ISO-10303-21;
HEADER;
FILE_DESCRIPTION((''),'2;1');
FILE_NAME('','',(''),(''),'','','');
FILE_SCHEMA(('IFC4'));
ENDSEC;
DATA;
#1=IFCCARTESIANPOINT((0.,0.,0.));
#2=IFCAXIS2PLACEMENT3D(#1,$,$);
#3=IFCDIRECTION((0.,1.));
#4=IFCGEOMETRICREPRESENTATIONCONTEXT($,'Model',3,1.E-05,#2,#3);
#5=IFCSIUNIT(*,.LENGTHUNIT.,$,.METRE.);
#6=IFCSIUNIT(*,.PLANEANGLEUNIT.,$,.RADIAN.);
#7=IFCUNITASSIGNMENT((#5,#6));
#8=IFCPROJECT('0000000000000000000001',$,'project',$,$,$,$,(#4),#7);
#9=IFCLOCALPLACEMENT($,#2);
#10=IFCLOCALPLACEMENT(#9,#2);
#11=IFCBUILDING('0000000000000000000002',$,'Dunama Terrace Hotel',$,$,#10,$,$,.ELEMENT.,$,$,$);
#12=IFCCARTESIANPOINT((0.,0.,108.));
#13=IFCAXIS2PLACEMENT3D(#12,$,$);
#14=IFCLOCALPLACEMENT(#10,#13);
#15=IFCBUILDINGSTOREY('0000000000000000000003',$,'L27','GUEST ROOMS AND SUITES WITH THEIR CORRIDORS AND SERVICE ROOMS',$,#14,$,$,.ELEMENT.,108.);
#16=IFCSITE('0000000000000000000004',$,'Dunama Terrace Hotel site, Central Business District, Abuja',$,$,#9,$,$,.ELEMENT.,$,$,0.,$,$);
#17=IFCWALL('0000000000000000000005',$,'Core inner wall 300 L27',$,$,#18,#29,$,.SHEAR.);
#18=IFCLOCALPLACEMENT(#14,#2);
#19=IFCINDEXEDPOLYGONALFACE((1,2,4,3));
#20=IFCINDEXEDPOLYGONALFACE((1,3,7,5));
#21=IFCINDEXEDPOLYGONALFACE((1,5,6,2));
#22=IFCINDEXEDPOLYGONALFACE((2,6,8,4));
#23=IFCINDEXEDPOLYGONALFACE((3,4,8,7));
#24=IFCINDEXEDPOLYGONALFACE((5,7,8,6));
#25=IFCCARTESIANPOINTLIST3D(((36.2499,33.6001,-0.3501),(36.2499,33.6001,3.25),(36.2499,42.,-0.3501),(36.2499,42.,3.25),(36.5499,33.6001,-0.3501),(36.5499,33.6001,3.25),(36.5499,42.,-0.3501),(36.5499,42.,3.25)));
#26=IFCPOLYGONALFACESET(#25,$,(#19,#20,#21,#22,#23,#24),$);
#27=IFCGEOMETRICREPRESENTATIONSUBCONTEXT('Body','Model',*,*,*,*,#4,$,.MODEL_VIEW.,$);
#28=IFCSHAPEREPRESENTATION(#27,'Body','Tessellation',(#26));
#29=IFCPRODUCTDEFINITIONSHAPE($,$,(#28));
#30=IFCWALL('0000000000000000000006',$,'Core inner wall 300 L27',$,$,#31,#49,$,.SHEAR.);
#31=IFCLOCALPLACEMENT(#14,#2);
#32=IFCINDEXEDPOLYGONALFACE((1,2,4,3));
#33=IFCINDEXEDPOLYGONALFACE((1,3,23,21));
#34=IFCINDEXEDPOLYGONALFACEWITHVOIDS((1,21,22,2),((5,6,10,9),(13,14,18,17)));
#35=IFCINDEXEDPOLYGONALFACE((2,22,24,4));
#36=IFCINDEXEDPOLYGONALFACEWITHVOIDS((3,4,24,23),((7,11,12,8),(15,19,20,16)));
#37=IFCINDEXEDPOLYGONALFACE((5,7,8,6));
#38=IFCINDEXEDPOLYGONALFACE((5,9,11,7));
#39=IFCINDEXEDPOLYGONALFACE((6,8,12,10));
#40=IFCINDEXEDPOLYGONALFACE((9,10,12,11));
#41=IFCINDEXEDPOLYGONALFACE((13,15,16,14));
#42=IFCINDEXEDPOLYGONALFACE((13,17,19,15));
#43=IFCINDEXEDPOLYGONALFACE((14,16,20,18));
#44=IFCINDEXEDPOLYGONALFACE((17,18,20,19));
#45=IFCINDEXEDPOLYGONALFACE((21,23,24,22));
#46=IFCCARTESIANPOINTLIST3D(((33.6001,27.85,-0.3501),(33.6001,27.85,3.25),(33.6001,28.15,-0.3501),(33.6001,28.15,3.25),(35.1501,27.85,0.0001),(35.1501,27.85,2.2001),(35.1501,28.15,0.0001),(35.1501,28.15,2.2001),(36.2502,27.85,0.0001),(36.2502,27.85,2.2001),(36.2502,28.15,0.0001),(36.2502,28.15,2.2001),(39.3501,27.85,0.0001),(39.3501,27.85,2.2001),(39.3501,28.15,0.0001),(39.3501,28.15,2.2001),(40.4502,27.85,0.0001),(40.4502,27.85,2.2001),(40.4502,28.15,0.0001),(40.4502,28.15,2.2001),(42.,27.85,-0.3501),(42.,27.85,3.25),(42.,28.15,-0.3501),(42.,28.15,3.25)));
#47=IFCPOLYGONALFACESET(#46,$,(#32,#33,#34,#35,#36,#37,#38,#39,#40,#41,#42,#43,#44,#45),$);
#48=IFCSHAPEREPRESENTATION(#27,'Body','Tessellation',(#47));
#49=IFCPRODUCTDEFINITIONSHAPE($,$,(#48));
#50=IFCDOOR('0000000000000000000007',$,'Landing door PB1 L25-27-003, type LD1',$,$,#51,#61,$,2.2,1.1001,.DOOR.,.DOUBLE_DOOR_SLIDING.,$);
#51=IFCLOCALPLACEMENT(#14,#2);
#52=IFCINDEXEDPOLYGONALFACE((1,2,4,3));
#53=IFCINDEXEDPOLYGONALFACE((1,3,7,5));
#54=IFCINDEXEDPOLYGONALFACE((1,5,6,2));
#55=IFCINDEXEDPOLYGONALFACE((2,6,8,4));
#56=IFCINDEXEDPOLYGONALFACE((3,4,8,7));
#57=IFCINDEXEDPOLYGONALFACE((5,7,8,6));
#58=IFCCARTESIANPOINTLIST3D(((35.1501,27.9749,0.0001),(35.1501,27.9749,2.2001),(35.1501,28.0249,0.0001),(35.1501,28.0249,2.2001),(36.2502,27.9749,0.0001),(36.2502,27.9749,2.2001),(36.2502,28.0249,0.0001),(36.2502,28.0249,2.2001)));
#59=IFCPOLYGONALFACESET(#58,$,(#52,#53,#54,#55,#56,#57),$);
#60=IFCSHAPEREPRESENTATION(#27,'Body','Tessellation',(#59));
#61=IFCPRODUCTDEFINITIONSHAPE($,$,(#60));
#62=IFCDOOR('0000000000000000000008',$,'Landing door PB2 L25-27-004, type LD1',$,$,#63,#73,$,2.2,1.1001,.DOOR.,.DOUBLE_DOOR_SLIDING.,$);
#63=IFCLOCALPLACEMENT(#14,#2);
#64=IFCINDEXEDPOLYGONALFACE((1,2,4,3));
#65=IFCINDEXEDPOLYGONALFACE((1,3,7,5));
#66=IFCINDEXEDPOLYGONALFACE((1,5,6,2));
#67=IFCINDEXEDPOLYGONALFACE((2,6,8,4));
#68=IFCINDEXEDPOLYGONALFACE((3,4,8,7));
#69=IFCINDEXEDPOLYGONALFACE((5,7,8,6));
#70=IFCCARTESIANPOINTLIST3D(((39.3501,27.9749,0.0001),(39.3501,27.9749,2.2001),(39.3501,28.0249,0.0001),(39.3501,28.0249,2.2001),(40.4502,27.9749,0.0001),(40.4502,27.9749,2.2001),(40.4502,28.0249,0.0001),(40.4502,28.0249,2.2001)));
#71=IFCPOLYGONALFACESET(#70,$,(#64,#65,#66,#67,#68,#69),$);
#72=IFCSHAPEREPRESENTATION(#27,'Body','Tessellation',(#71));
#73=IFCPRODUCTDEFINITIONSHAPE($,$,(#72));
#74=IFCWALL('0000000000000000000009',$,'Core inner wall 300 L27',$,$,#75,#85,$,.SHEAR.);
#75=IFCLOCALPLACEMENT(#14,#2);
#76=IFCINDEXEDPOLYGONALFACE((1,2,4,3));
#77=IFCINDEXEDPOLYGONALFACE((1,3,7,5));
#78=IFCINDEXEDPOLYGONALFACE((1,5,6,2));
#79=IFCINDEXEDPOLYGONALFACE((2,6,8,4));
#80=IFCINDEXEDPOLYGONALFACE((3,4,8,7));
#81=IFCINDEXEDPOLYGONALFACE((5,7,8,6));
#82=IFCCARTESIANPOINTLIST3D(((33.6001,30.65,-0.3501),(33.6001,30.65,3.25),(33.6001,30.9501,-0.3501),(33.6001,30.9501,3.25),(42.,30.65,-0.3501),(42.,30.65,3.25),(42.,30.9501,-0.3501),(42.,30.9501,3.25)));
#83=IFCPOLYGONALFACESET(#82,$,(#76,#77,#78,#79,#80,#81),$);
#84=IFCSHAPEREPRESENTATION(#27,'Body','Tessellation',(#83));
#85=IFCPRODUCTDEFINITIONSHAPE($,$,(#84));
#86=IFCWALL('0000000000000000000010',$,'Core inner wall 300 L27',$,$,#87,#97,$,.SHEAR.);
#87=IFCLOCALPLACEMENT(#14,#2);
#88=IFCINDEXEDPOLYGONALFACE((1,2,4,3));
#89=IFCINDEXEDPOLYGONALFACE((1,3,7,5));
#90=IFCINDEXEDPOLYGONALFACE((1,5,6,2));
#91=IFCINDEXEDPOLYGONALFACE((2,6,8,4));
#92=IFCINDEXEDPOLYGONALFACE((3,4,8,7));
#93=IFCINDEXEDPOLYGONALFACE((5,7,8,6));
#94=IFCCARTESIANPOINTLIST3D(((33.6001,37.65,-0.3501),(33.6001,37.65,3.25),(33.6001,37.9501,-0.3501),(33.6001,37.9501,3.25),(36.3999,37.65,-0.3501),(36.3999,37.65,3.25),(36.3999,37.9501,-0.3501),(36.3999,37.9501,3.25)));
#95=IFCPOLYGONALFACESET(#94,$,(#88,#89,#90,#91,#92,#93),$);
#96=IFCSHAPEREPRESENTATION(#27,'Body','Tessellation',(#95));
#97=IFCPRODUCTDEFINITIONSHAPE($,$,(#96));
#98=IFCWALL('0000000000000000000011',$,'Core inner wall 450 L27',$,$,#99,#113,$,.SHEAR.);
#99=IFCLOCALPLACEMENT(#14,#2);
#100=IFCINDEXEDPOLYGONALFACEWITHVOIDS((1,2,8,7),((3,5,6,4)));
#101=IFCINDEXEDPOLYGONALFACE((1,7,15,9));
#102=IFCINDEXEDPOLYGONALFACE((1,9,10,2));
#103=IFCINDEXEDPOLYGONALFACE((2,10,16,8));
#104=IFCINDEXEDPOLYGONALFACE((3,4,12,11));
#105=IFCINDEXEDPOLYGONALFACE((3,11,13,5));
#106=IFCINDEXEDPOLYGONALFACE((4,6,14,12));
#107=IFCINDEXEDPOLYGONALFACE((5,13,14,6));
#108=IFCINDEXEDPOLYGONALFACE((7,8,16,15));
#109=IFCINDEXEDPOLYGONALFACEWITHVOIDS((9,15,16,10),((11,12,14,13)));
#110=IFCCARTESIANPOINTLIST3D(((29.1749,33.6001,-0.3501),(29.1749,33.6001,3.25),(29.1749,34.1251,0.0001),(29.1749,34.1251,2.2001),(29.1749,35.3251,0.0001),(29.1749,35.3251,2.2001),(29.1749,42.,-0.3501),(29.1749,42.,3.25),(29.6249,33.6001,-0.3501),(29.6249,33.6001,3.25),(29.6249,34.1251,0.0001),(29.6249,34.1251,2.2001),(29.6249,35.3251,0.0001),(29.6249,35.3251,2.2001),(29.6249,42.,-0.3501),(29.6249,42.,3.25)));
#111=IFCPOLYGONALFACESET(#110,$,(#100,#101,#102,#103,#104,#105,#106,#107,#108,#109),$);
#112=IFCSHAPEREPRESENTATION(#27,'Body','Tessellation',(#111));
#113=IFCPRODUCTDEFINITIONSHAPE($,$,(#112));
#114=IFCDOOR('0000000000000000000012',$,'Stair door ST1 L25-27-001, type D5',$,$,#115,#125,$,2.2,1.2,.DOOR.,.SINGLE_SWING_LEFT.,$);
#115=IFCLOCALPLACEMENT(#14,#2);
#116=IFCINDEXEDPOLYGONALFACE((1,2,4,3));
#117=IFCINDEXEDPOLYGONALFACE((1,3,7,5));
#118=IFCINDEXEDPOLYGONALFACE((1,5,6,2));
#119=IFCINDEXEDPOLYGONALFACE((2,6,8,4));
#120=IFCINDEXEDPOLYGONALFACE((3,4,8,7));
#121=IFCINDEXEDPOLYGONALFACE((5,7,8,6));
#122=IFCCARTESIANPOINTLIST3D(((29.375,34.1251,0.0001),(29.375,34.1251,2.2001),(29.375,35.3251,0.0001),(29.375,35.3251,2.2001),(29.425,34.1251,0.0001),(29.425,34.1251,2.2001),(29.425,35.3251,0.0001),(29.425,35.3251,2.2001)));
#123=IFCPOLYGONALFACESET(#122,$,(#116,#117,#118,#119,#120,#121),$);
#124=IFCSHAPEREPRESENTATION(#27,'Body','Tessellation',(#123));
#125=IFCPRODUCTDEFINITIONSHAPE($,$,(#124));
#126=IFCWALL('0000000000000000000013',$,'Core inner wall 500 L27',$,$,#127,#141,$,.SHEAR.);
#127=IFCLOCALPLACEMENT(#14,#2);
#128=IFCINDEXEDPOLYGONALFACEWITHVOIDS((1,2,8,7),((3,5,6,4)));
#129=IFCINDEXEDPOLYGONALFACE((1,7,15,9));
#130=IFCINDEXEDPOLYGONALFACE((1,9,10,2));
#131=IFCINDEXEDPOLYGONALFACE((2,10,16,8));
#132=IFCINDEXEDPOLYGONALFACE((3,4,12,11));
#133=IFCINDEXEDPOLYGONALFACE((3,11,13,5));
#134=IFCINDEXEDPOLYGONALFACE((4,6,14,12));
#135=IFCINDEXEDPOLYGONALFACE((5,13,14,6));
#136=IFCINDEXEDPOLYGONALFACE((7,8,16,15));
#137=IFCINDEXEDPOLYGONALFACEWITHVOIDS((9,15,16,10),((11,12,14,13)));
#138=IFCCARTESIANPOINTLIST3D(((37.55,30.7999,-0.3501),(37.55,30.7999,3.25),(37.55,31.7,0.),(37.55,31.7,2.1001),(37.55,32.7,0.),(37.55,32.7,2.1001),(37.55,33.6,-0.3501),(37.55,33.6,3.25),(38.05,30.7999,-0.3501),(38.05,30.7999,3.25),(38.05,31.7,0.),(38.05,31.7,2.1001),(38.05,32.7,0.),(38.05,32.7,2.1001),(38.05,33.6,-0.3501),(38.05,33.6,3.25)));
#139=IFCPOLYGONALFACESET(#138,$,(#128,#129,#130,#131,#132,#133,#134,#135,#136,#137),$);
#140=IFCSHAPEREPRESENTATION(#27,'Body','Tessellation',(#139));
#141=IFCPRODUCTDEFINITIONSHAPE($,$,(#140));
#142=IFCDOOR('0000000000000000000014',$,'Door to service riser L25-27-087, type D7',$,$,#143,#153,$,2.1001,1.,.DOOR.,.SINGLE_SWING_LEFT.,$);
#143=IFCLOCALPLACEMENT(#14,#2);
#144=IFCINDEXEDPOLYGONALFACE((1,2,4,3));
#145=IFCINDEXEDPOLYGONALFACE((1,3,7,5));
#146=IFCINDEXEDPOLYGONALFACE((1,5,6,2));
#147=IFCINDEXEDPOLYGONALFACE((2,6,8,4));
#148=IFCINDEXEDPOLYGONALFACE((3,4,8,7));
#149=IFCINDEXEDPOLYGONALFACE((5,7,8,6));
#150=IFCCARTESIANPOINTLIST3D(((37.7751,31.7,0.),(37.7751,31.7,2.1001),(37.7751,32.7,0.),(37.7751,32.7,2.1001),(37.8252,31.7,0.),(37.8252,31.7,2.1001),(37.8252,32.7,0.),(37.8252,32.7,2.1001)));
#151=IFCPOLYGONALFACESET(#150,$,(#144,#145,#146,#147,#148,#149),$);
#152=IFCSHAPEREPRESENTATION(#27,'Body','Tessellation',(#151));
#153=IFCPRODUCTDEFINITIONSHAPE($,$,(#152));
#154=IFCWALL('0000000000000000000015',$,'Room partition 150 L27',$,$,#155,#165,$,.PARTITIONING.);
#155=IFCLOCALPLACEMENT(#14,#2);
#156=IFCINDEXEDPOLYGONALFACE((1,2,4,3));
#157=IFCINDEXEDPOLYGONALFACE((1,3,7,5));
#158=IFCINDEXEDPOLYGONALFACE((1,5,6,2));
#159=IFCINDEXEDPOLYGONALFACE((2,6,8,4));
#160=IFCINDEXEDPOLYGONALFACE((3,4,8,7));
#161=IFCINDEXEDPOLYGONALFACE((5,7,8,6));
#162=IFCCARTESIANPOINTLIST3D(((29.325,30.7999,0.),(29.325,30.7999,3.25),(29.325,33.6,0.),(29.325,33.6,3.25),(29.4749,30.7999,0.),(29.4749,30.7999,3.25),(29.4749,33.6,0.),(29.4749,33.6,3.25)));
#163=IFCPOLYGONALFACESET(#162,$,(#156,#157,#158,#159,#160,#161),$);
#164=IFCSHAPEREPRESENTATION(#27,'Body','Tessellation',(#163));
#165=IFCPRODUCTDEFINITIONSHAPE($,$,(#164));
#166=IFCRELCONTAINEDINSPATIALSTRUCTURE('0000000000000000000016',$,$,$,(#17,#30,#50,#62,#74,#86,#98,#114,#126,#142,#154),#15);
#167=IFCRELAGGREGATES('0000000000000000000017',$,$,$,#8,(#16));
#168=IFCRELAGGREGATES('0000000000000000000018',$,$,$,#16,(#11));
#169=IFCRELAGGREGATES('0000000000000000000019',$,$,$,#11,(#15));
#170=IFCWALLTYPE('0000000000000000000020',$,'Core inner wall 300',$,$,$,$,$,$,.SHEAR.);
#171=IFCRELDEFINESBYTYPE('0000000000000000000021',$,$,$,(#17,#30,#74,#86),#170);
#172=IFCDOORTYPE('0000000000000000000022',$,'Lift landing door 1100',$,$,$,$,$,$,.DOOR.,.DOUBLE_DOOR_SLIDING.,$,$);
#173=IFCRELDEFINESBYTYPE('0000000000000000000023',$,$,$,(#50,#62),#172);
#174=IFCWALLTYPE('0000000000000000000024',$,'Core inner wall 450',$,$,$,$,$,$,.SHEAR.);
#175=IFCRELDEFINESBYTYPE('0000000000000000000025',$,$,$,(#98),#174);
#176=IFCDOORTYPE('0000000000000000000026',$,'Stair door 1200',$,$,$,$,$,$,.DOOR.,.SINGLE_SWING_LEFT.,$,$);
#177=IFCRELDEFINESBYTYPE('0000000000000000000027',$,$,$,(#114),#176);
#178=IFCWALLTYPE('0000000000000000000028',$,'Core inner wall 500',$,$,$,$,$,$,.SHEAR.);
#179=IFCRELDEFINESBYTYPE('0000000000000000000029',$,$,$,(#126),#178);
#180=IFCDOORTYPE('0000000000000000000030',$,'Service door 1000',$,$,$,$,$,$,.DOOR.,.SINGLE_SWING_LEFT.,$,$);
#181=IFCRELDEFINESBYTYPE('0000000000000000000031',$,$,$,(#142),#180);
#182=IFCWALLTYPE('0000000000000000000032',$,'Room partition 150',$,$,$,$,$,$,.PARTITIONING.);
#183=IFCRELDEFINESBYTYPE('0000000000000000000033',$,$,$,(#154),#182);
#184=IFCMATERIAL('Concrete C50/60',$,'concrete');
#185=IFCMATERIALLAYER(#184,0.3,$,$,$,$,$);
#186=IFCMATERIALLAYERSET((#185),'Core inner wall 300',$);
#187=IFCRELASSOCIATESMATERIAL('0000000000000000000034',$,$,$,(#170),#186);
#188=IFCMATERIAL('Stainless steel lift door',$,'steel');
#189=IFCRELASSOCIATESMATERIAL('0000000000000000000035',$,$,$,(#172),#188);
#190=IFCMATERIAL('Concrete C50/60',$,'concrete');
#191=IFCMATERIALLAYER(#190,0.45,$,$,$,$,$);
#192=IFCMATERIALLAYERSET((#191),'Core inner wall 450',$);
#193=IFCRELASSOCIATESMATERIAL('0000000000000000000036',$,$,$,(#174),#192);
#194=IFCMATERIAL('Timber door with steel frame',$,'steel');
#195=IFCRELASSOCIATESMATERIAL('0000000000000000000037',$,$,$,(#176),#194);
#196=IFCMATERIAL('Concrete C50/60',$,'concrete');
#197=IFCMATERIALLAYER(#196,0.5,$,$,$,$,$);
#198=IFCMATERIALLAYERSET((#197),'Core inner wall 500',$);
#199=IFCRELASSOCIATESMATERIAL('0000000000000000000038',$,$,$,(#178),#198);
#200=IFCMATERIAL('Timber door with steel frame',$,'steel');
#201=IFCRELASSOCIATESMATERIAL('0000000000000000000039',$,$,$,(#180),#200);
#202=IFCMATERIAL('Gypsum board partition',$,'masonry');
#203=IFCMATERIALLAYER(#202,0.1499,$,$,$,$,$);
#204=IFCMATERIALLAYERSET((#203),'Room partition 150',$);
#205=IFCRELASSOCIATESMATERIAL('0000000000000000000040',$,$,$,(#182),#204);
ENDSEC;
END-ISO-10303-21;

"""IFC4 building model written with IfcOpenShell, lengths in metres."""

from ifc_helpers import new_model, si_unit, direction, frame, frame_2d, origin, place, context, subcontext, project, spatial, rectangle, extrude, material, layer, layer_set, type_object, element, fill, save


model = new_model("IFC4")

# Units and contexts
model_context = context("Model", 3, precision=1e-05, world=origin(), true_north=direction((0.0, 1.0)))
body_context = subcontext(model_context, "Body", "Model", "MODEL_VIEW")
ifc_project = project(units=[si_unit("LENGTHUNIT", "METRE"), si_unit("PLANEANGLEUNIT", "RADIAN")], contexts=[model_context])

# Site, building, storey
site_placement = place(None, origin())
site = spatial("IfcSite", under=ifc_project, at=site_placement, Name="Dunama Terrace Hotel site, Central Business District, Abuja", CompositionType="ELEMENT", RefElevation=0.0)
building_placement = place(site_placement, origin())
building = spatial("IfcBuilding", under=site, at=building_placement, Name="Dunama Terrace Hotel", CompositionType="ELEMENT")
storey_placement = place(building_placement, frame((0.0, 0.0, 108.0)))
storey = spatial("IfcBuildingStorey", under=building, at=storey_placement, Name="L27", Description="GUEST ROOMS AND SUITES WITH THEIR CORRIDORS AND SERVICE ROOMS", CompositionType="ELEMENT", Elevation=108.0)

# Wall
ifc_material_1 = material(Name="Concrete C50/60", Category="concrete")
ifc_layer_1 = layer(ifc_material_1, 0.3)
ifc_layer_set_1 = layer_set([ifc_layer_1], Name="Core inner wall 300")
wall_type_1 = type_object("IfcWallType", Name="Core inner wall 300", PredefinedType="SHEAR", material=ifc_layer_set_1)
wall_1_placement = place(storey_placement, frame((36.3999, 33.6001, -0.3501), z_axis=(0.0, 0.0, 1.0), x_axis=(0.0, 1.0, 0.0)))
element("IfcWall", 1, at=wall_1_placement, inside=storey, type_object=wall_type_1, Name="Core inner wall 300 L27", PredefinedType="SHEAR", context=body_context, shape_type="SweptSolid", body=[
    extrude(rectangle(XDim=8.3999, YDim=0.3, at=frame_2d((4.2, 0.0))), origin(), (0.0, 0.0, 1.0), 3.6001),
])

# Wall, openings, doors
wall_2_placement = place(storey_placement, frame((33.6001, 28.0, -0.3501), z_axis=(0.0, 0.0, 1.0), x_axis=(1.0, 0.0, 0.0)))
wall_2 = element("IfcWall", 2, at=wall_2_placement, inside=storey, type_object=wall_type_1, Name="Core inner wall 300 L27", PredefinedType="SHEAR", context=body_context, shape_type="SweptSolid", body=[
    extrude(rectangle(XDim=8.3999, YDim=0.3, at=frame_2d((4.2, 0.0))), origin(), (0.0, 0.0, 1.0), 3.6001),
])
opening_1_placement = place(wall_2_placement, frame((1.55, 0.0, 0.3501)))
opening_1 = element("IfcOpeningElement", 3, at=opening_1_placement, cuts=wall_2, PredefinedType="OPENING", context=body_context, shape_type="SweptSolid", body=[
    extrude(rectangle(XDim=1.1001, YDim=2.2, at=frame_2d((0.55, 1.1001))), frame((0.0, 0.1599, 0.0), z_axis=(0.0, -1.0, 0.0), x_axis=(1.0, 0.0, 0.0)), (0.0, 0.0, 1.0), 0.3201),
])
opening_2_placement = place(wall_2_placement, frame((5.75, 0.0, 0.3501)))
opening_2 = element("IfcOpeningElement", 4, at=opening_2_placement, cuts=wall_2, PredefinedType="OPENING", context=body_context, shape_type="SweptSolid", body=[
    extrude(rectangle(XDim=1.1001, YDim=2.2, at=frame_2d((0.55, 1.1001))), frame((0.0, 0.1599, 0.0), z_axis=(0.0, -1.0, 0.0), x_axis=(1.0, 0.0, 0.0)), (0.0, 0.0, 1.0), 0.3201),
])
ifc_material_2 = material(Name="Stainless steel lift door", Category="steel")
door_type_1 = type_object("IfcDoorType", Name="Lift landing door 1100", OperationType="DOUBLE_DOOR_SLIDING", PredefinedType="DOOR", material=ifc_material_2)
door_1_placement = place(opening_1_placement, origin())
door_1 = element("IfcDoor", 5, at=door_1_placement, inside=storey, type_object=door_type_1, Name="Landing door PB1 L25-27-003, type LD1", OperationType="DOUBLE_DOOR_SLIDING", OverallHeight=2.2, OverallWidth=1.1001, PredefinedType="DOOR", context=body_context, shape_type="SweptSolid", body=[
    extrude(rectangle(XDim=1.1001, YDim=2.2, at=frame_2d((0.55, 1.1001))), frame((0.0, 0.0249, 0.0), z_axis=(0.0, -1.0, 0.0), x_axis=(1.0, 0.0, 0.0)), (0.0, 0.0, 1.0), 0.05),
])
fill(opening_1, door_1)
door_2_placement = place(opening_2_placement, origin())
door_2 = element("IfcDoor", 6, at=door_2_placement, inside=storey, type_object=door_type_1, Name="Landing door PB2 L25-27-004, type LD1", OperationType="DOUBLE_DOOR_SLIDING", OverallHeight=2.2, OverallWidth=1.1001, PredefinedType="DOOR", context=body_context, shape_type="SweptSolid", body=[
    extrude(rectangle(XDim=1.1001, YDim=2.2, at=frame_2d((0.55, 1.1001))), frame((0.0, 0.0249, 0.0), z_axis=(0.0, -1.0, 0.0), x_axis=(1.0, 0.0, 0.0)), (0.0, 0.0, 1.0), 0.05),
])
fill(opening_2, door_2)

# Walls
wall_3_placement = place(storey_placement, frame((33.6001, 30.8, -0.3501), z_axis=(0.0, 0.0, 1.0), x_axis=(1.0, 0.0, 0.0)))
element("IfcWall", 7, at=wall_3_placement, inside=storey, type_object=wall_type_1, Name="Core inner wall 300 L27", PredefinedType="SHEAR", context=body_context, shape_type="SweptSolid", body=[
    extrude(rectangle(XDim=8.3999, YDim=0.3, at=frame_2d((4.2, 0.0))), origin(), (0.0, 0.0, 1.0), 3.6001),
])
wall_4_placement = place(storey_placement, frame((33.6001, 37.8, -0.3501), z_axis=(0.0, 0.0, 1.0), x_axis=(1.0, 0.0, 0.0)))
element("IfcWall", 8, at=wall_4_placement, inside=storey, type_object=wall_type_1, Name="Core inner wall 300 L27", PredefinedType="SHEAR", context=body_context, shape_type="SweptSolid", body=[
    extrude(rectangle(XDim=2.7998, YDim=0.3, at=frame_2d((1.3999, 0.0))), origin(), (0.0, 0.0, 1.0), 3.6001),
])

# Walls, openings, doors
ifc_material_3 = material(Name="Concrete C50/60", Category="concrete")
ifc_layer_2 = layer(ifc_material_3, 0.45)
ifc_layer_set_2 = layer_set([ifc_layer_2], Name="Core inner wall 450")
wall_type_2 = type_object("IfcWallType", Name="Core inner wall 450", PredefinedType="SHEAR", material=ifc_layer_set_2)
wall_5_placement = place(storey_placement, frame((29.3999, 33.6001, -0.3501), z_axis=(0.0, 0.0, 1.0), x_axis=(0.0, 1.0, 0.0)))
wall_5 = element("IfcWall", 9, at=wall_5_placement, inside=storey, type_object=wall_type_2, Name="Core inner wall 450 L27", PredefinedType="SHEAR", context=body_context, shape_type="SweptSolid", body=[
    extrude(rectangle(XDim=8.3999, YDim=0.45, at=frame_2d((4.2, 0.0))), origin(), (0.0, 0.0, 1.0), 3.6001),
])
opening_3_placement = place(wall_5_placement, frame((0.5249, 0.0, 0.3501)))
opening_3 = element("IfcOpeningElement", 10, at=opening_3_placement, cuts=wall_5, PredefinedType="OPENING", context=body_context, shape_type="SweptSolid", body=[
    extrude(rectangle(XDim=1.2, YDim=2.2, at=frame_2d((0.6001, 1.1001))), frame((0.0, 0.2349, 0.0), z_axis=(0.0, -1.0, 0.0), x_axis=(1.0, 0.0, 0.0)), (0.0, 0.0, 1.0), 0.47),
])
ifc_material_4 = material(Name="Timber door with steel frame", Category="steel")
door_type_2 = type_object("IfcDoorType", Name="Stair door 1200", OperationType="SINGLE_SWING_LEFT", PredefinedType="DOOR", material=ifc_material_4)
door_3_placement = place(opening_3_placement, origin())
door_3 = element("IfcDoor", 11, at=door_3_placement, inside=storey, type_object=door_type_2, Name="Stair door ST1 L25-27-001, type D5", OperationType="SINGLE_SWING_LEFT", OverallHeight=2.2, OverallWidth=1.2, PredefinedType="DOOR", context=body_context, shape_type="SweptSolid", body=[
    extrude(rectangle(XDim=1.2, YDim=2.2, at=frame_2d((0.6001, 1.1001))), frame((0.0, 0.0249, 0.0), z_axis=(0.0, -1.0, 0.0), x_axis=(1.0, 0.0, 0.0)), (0.0, 0.0, 1.0), 0.05),
])
fill(opening_3, door_3)
ifc_material_5 = material(Name="Concrete C50/60", Category="concrete")
ifc_layer_3 = layer(ifc_material_5, 0.5)
ifc_layer_set_3 = layer_set([ifc_layer_3], Name="Core inner wall 500")
wall_type_3 = type_object("IfcWallType", Name="Core inner wall 500", PredefinedType="SHEAR", material=ifc_layer_set_3)
wall_6_placement = place(storey_placement, frame((37.8, 30.8, -0.3501), z_axis=(0.0, 0.0, 1.0), x_axis=(0.0, 1.0, 0.0)))
wall_6 = element("IfcWall", 12, at=wall_6_placement, inside=storey, type_object=wall_type_3, Name="Core inner wall 500 L27", PredefinedType="SHEAR", context=body_context, shape_type="SweptSolid", body=[
    extrude(rectangle(XDim=2.8, YDim=0.5, at=frame_2d((1.3999, 0.0))), origin(), (0.0, 0.0, 1.0), 3.6001),
])
opening_4_placement = place(wall_6_placement, frame((0.8999, 0.0, 0.3501)))
opening_4 = element("IfcOpeningElement", 13, at=opening_4_placement, cuts=wall_6, PredefinedType="OPENING", context=body_context, shape_type="SweptSolid", body=[
    extrude(rectangle(XDim=1.0, YDim=2.1001, at=frame_2d((0.5, 1.05))), frame((0.0, 0.26, 0.0), z_axis=(0.0, -1.0, 0.0), x_axis=(1.0, 0.0, 0.0)), (0.0, 0.0, 1.0), 0.52),
])
ifc_material_6 = material(Name="Timber door with steel frame", Category="steel")
door_type_3 = type_object("IfcDoorType", Name="Service door 1000", OperationType="SINGLE_SWING_LEFT", PredefinedType="DOOR", material=ifc_material_6)
door_4_placement = place(opening_4_placement, frame((1.0, 0.0, 0.0), z_axis=(0.0, 0.0, 1.0), x_axis=(-1.0, 0.0, 0.0)))
door_4 = element("IfcDoor", 14, at=door_4_placement, inside=storey, type_object=door_type_3, Name="Door to service riser L25-27-087, type D7", OperationType="SINGLE_SWING_LEFT", OverallHeight=2.1001, OverallWidth=1.0, PredefinedType="DOOR", context=body_context, shape_type="SweptSolid", body=[
    extrude(rectangle(XDim=1.0, YDim=2.1001, at=frame_2d((0.5, 1.05))), frame((0.0, 0.0251, 0.0), z_axis=(0.0, -1.0, 0.0), x_axis=(1.0, 0.0, 0.0)), (0.0, 0.0, 1.0), 0.05),
])
fill(opening_4, door_4)

# Wall
ifc_material_7 = material(Name="Gypsum board partition", Category="masonry")
ifc_layer_4 = layer(ifc_material_7, 0.1499)
ifc_layer_set_4 = layer_set([ifc_layer_4], Name="Room partition 150")
wall_type_4 = type_object("IfcWallType", Name="Room partition 150", PredefinedType="PARTITIONING", material=ifc_layer_set_4)
wall_7_placement = place(storey_placement, frame((29.3999, 30.8, 0.0), z_axis=(0.0, 0.0, 1.0), x_axis=(0.0, 1.0, 0.0)))
element("IfcWall", 15, at=wall_7_placement, inside=storey, type_object=wall_type_4, Name="Room partition 150 L27", PredefinedType="PARTITIONING", context=body_context, shape_type="SweptSolid", body=[
    extrude(rectangle(XDim=2.8, YDim=0.1499, at=frame_2d((1.3999, 0.0))), origin(), (0.0, 0.0, 1.0), 3.25),
])

save(model, "model.ifc")
